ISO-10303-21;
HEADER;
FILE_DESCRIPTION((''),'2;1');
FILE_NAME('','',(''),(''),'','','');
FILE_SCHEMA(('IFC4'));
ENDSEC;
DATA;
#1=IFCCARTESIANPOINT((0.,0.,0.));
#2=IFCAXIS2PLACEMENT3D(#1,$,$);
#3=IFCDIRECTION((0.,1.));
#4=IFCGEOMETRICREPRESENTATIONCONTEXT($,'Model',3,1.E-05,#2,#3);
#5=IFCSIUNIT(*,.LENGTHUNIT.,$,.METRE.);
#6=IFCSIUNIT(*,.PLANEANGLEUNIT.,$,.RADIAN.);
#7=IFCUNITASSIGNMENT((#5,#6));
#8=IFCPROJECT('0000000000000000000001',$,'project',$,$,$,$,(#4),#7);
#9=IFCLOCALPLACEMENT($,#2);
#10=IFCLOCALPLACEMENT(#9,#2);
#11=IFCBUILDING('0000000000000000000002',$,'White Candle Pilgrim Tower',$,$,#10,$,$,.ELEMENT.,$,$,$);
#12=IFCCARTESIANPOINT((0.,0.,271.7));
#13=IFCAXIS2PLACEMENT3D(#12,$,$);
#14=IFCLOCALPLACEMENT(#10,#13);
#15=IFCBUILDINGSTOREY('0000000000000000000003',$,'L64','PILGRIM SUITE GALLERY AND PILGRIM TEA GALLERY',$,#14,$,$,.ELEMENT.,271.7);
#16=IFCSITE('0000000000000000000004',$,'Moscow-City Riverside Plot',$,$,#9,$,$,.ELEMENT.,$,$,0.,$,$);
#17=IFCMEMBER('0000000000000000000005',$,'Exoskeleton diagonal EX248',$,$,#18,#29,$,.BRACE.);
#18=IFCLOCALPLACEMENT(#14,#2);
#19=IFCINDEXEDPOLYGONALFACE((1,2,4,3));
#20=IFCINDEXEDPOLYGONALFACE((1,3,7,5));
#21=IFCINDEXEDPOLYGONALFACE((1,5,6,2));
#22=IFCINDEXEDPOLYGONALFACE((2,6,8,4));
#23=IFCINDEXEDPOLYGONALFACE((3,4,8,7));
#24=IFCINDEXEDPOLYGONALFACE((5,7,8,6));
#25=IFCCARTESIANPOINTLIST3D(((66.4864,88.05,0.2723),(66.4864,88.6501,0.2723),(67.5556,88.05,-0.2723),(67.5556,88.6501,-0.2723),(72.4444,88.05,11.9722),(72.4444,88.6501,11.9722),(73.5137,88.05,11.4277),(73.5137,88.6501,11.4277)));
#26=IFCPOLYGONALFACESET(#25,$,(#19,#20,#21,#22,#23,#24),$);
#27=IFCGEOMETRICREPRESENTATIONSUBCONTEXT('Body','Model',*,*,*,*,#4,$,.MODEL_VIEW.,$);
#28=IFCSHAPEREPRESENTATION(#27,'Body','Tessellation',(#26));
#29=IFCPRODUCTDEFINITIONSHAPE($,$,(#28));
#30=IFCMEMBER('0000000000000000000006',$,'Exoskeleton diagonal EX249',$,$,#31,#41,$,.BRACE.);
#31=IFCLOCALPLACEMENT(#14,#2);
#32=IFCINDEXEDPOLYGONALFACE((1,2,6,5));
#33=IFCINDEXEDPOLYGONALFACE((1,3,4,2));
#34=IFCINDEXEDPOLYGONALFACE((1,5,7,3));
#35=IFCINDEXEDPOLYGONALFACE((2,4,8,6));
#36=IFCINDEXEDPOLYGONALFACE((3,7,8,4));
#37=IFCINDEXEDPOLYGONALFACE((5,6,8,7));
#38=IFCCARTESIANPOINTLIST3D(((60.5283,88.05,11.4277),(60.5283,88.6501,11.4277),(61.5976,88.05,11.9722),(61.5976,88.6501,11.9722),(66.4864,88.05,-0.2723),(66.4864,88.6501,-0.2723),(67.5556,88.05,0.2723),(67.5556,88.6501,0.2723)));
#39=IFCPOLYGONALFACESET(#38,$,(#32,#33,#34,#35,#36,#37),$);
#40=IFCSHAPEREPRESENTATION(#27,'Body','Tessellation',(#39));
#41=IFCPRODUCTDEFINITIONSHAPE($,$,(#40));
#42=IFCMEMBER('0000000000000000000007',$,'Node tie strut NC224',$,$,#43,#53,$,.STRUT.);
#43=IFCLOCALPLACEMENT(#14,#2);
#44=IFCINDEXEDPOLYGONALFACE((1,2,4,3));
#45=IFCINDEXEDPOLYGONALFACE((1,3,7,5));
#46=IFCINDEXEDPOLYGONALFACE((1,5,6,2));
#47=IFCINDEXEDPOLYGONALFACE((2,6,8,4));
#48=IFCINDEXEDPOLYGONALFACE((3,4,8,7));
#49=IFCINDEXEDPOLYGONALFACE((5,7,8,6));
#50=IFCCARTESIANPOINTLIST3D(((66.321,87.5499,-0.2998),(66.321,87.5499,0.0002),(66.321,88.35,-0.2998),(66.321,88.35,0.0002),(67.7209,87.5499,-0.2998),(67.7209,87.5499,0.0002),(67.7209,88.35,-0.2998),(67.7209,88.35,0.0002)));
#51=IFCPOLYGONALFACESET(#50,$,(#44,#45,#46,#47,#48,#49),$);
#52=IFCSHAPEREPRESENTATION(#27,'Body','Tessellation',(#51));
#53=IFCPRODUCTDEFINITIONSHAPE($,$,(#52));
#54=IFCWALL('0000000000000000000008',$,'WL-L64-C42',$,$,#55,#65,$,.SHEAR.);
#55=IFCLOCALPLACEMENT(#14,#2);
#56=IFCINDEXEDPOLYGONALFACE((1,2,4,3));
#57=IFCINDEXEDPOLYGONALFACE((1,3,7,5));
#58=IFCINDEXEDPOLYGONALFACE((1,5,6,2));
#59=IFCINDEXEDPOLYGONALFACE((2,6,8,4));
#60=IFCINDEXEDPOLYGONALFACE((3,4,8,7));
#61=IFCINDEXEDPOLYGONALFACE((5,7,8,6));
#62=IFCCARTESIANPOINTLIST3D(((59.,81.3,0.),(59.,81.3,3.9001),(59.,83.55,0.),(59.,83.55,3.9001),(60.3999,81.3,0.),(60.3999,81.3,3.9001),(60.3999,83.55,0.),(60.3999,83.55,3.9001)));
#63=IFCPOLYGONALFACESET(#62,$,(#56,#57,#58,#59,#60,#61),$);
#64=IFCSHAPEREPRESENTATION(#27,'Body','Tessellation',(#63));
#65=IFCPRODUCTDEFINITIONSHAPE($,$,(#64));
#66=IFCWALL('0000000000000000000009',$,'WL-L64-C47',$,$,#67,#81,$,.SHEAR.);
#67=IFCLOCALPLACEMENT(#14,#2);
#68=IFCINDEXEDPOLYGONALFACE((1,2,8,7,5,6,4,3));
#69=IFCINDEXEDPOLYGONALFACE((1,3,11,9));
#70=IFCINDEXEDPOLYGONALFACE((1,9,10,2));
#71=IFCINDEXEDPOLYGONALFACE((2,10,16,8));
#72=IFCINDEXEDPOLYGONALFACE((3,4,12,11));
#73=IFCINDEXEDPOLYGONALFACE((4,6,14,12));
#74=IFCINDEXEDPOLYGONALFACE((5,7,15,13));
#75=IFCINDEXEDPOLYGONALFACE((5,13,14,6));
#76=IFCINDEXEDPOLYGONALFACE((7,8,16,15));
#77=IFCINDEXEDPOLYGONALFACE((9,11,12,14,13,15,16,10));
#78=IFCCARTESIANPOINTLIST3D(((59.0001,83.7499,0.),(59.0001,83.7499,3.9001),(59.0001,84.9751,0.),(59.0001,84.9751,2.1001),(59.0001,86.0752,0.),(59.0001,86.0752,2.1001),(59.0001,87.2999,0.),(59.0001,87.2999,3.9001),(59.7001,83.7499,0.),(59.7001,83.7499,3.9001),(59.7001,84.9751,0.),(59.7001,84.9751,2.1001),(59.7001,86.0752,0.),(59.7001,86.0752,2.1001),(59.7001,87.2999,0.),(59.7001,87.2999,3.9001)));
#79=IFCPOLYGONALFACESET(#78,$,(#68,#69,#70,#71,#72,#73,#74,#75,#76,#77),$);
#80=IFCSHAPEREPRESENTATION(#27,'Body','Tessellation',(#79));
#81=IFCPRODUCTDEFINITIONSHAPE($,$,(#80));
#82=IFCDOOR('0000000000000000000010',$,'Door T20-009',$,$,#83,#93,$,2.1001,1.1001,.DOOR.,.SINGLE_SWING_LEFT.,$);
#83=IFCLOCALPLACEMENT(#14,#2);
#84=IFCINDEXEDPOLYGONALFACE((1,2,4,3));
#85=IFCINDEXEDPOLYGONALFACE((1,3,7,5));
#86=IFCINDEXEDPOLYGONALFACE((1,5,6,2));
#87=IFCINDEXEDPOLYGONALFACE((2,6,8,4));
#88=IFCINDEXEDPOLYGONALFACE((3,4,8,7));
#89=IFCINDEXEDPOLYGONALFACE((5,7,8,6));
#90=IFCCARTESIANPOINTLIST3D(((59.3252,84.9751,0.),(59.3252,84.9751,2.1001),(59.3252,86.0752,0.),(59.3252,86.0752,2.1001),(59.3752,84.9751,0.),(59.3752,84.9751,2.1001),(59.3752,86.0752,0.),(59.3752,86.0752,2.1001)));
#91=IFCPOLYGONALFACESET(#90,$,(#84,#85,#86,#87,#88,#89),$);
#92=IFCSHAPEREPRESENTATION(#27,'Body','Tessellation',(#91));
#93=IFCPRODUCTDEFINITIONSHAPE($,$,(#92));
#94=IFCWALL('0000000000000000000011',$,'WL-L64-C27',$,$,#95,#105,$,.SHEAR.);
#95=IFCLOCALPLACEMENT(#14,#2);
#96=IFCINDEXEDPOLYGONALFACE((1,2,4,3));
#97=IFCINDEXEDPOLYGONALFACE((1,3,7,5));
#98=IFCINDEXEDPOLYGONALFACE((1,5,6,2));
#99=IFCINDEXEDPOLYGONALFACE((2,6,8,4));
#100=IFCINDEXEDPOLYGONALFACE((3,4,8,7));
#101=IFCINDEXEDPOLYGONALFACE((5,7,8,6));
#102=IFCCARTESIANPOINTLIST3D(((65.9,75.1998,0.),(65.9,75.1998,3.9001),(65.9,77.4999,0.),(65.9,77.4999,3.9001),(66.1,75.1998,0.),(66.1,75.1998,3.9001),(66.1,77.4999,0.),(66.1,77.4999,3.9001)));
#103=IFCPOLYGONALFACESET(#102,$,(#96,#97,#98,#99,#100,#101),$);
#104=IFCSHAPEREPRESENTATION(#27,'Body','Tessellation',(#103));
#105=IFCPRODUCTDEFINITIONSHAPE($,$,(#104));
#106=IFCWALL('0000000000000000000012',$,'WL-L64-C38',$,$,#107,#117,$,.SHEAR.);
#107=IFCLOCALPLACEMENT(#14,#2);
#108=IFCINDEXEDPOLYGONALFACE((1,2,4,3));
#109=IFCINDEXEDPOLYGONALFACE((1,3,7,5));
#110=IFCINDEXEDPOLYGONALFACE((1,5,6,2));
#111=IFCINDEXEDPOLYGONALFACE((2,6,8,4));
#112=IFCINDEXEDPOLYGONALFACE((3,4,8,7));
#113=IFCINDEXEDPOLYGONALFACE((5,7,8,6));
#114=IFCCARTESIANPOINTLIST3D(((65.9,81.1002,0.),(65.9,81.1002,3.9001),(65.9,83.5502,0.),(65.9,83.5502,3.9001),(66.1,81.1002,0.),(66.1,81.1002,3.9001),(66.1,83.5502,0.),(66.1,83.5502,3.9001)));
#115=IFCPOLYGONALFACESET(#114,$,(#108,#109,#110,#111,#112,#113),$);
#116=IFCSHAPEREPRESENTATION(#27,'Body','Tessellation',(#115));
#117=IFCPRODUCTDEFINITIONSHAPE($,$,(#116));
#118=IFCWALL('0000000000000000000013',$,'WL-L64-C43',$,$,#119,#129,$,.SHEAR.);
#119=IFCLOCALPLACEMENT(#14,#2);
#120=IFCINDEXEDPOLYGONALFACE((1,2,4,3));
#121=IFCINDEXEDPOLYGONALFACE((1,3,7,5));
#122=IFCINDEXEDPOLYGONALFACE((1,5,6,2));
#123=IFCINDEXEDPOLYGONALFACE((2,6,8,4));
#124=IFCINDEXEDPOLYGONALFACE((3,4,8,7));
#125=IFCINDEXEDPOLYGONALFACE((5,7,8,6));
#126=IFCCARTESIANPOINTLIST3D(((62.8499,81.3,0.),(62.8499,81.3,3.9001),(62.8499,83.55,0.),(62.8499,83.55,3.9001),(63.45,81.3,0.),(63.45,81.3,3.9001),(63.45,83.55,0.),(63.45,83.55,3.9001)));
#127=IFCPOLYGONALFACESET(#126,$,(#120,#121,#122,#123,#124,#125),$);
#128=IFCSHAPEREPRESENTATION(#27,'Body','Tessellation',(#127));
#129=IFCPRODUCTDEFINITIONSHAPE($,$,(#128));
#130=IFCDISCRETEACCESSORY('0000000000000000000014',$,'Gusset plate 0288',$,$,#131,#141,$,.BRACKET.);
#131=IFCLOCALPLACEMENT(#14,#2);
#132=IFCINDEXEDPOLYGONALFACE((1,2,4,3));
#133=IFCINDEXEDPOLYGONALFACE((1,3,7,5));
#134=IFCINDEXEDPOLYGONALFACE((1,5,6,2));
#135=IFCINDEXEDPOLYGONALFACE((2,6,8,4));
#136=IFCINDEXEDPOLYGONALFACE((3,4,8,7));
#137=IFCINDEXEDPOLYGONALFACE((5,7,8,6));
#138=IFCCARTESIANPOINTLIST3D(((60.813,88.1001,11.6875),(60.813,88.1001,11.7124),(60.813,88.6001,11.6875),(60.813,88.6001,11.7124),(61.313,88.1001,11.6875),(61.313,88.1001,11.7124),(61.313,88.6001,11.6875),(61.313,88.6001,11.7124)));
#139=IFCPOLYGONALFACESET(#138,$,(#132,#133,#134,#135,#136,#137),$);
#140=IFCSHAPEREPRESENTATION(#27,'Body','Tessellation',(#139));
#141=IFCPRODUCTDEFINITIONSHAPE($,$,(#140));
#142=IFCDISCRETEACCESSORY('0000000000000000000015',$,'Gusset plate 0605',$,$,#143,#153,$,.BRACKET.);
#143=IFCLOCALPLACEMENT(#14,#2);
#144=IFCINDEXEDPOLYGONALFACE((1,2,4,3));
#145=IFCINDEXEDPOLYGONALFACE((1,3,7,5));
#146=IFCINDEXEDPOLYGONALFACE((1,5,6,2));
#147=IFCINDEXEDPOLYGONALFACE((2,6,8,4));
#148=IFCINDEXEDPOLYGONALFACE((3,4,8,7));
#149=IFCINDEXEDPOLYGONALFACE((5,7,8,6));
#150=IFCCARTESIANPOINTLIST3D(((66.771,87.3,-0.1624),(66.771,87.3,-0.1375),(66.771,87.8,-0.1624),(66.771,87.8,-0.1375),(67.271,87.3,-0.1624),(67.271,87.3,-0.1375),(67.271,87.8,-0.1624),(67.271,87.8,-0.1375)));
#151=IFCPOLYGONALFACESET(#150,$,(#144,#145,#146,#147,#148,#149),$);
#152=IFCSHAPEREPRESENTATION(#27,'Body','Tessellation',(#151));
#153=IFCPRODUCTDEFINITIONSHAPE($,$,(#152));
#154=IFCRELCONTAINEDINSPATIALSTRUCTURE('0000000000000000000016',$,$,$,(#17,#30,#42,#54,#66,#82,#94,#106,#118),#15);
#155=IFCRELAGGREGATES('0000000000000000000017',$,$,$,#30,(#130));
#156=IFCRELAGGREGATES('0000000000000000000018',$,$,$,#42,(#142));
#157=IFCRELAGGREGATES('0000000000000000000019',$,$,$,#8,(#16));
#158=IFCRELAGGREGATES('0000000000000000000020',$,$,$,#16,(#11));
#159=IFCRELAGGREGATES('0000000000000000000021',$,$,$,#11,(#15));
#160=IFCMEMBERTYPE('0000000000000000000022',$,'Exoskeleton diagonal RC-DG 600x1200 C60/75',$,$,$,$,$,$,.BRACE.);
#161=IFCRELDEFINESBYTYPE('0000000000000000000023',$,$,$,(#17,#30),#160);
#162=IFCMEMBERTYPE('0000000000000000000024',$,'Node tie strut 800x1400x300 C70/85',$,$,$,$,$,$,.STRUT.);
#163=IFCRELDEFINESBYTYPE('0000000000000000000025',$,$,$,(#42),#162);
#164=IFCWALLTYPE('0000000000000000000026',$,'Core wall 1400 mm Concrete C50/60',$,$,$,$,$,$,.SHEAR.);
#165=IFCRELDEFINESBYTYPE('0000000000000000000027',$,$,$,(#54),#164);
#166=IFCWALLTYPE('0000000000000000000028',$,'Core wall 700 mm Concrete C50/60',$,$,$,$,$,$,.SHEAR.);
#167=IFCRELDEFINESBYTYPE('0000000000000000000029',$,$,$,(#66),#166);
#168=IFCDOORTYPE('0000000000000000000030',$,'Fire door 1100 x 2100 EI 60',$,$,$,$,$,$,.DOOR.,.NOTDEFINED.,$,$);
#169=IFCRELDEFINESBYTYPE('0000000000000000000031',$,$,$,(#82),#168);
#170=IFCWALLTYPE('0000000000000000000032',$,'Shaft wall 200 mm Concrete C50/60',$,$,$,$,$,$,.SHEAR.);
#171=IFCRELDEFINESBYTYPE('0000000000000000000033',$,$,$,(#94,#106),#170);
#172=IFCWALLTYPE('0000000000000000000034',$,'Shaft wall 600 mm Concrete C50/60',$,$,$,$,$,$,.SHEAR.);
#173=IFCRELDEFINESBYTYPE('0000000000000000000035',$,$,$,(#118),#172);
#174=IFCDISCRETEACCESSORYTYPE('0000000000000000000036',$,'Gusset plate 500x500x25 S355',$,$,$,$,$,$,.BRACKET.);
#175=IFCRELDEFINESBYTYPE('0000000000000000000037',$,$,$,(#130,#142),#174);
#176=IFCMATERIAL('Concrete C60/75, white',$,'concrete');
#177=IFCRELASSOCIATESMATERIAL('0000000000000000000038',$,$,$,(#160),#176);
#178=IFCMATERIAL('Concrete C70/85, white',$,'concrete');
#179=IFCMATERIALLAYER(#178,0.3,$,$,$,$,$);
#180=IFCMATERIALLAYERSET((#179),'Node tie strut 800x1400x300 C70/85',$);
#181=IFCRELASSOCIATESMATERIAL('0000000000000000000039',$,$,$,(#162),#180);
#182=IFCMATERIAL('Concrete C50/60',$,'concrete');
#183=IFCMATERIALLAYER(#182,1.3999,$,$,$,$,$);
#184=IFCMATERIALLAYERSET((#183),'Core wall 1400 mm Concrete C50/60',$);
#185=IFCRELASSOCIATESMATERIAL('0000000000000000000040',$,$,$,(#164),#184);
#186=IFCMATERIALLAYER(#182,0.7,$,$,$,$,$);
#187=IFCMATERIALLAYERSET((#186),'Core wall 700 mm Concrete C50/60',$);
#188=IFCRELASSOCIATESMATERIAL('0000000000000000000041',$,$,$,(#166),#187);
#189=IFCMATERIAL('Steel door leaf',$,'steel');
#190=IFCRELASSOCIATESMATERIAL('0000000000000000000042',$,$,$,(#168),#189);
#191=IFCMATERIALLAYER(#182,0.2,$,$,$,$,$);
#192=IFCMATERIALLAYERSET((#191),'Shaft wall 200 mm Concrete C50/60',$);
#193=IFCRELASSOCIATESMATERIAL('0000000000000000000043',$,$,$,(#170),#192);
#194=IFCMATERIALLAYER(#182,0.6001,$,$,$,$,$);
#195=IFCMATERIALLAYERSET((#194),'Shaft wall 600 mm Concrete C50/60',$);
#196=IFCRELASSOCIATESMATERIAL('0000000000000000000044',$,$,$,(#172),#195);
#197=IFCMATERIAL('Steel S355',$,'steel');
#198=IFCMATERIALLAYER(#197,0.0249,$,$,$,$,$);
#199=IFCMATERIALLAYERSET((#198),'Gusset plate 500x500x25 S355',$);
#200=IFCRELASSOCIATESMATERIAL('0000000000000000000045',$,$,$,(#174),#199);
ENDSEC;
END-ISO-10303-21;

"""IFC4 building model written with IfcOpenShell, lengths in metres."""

from ifc_helpers import new_model, si_unit, direction, frame, frame_2d, origin, origin_2d, place, context, subcontext, project, spatial, rectangle, extrude, material, layer, layer_set, material_profile, profile_set, type_object, element, fill, aggregate, save


model = new_model("IFC4")

# Units and contexts
model_context = context("Model", 3, precision=1e-05, world=origin(), true_north=direction((0.0, 1.0)))
body_context = subcontext(model_context, "Body", "Model", "MODEL_VIEW")
ifc_project = project(units=[si_unit("LENGTHUNIT", "METRE"), si_unit("PLANEANGLEUNIT", "RADIAN")], contexts=[model_context])

# Site, building, storey
site_placement = place(None, origin())
site = spatial("IfcSite", under=ifc_project, at=site_placement, Name="Moscow-City Riverside Plot", CompositionType="ELEMENT", RefElevation=0.0)
building_placement = place(site_placement, origin())
building = spatial("IfcBuilding", under=site, at=building_placement, Name="White Candle Pilgrim Tower", CompositionType="ELEMENT")
storey_placement = place(building_placement, frame((0.0, 0.0, 271.7)))
storey = spatial("IfcBuildingStorey", under=building, at=storey_placement, Name="L64", Description="PILGRIM SUITE GALLERY AND PILGRIM TEA GALLERY", CompositionType="ELEMENT", Elevation=271.7)

# Members
ifc_material_1 = material(Name="Concrete C60/75, white", Category="concrete")
ifc_material_profile = material_profile(ifc_material_1, rectangle(XDim=0.6001, YDim=1.2, at=origin_2d()), Name="RC-DG 600x1200")
ifc_profile_set = profile_set([ifc_material_profile], Name="Concrete C60/75, white")
member_type_1 = type_object("IfcMemberType", Name="Exoskeleton diagonal RC-DG 600x1200 C60/75", PredefinedType="BRACE", material=ifc_profile_set)
member_1_placement = place(storey_placement, frame((67.021, 88.3501, 0.0), z_axis=(0.453784, 0.0, 0.891112), x_axis=(0.0, 1.0, 0.0)))
element("IfcMember", 1, at=member_1_placement, inside=storey, type_object=member_type_1, Name="Exoskeleton diagonal EX248", PredefinedType="BRACE", context=body_context, shape_type="SweptSolid", body=[
    extrude(rectangle(XDim=0.6001, YDim=1.2, at=origin_2d()), origin(), (0.0, 0.0, 1.0), 13.1296),
])
member_2_placement = place(storey_placement, frame((67.021, 88.3501, 0.0), z_axis=(-0.453784, 0.0, 0.891112), x_axis=(0.0, -1.0, 0.0)))
member_2 = element("IfcMember", 2, at=member_2_placement, inside=storey, type_object=member_type_1, Name="Exoskeleton diagonal EX249", PredefinedType="BRACE", context=body_context, shape_type="SweptSolid", body=[
    extrude(rectangle(XDim=0.6001, YDim=1.2, at=origin_2d()), origin(), (0.0, 0.0, 1.0), 13.1296),
])
ifc_material_2 = material(Name="Concrete C70/85, white", Category="concrete")
ifc_layer_1 = layer(ifc_material_2, 0.3)
ifc_layer_set_1 = layer_set([ifc_layer_1], Name="Node tie strut 800x1400x300 C70/85")
member_type_2 = type_object("IfcMemberType", Name="Node tie strut 800x1400x300 C70/85", PredefinedType="STRUT", material=ifc_layer_set_1)
member_3_placement = place(storey_placement, frame((67.021, 87.95, -0.2998), z_axis=(0.0, 0.0, 1.0), x_axis=(-1.0, 0.0, 0.0)))
member_3 = element("IfcMember", 3, at=member_3_placement, inside=storey, type_object=member_type_2, Name="Node tie strut NC224", PredefinedType="STRUT", context=body_context, shape_type="SweptSolid", body=[
    extrude(rectangle(XDim=1.3999, YDim=0.8, at=origin_2d()), origin(), (0.0, 0.0, 1.0), 0.3),
])

# Wall
ifc_material_3 = material(Name="Concrete C50/60", Category="concrete")
ifc_layer_2 = layer(ifc_material_3, 1.3999)
ifc_layer_set_2 = layer_set([ifc_layer_2], Name="Core wall 1400 mm Concrete C50/60")
wall_type_1 = type_object("IfcWallType", Name="Core wall 1400 mm Concrete C50/60", PredefinedType="SHEAR", material=ifc_layer_set_2)
wall_1_placement = place(storey_placement, frame((59.7, 81.3, 0.0), z_axis=(0.0, 0.0, 1.0), x_axis=(0.0, 1.0, 0.0)))
element("IfcWall", 4, at=wall_1_placement, inside=storey, type_object=wall_type_1, Name="WL-L64-C42", PredefinedType="SHEAR", context=body_context, shape_type="SweptSolid", body=[
    extrude(rectangle(XDim=2.25, YDim=1.3999, at=frame_2d((1.125, 0.0))), origin(), (0.0, 0.0, 1.0), 3.9001),
])

# Wall, opening, door
ifc_layer_3 = layer(ifc_material_3, 0.7)
ifc_layer_set_3 = layer_set([ifc_layer_3], Name="Core wall 700 mm Concrete C50/60")
wall_type_2 = type_object("IfcWallType", Name="Core wall 700 mm Concrete C50/60", PredefinedType="SHEAR", material=ifc_layer_set_3)
wall_2_placement = place(storey_placement, frame((59.3501, 83.75, 0.0), z_axis=(0.0, 0.0, 1.0), x_axis=(0.0, 1.0, 0.0)))
wall_2 = element("IfcWall", 5, at=wall_2_placement, inside=storey, type_object=wall_type_2, Name="WL-L64-C47", PredefinedType="SHEAR", context=body_context, shape_type="SweptSolid", body=[
    extrude(rectangle(XDim=3.55, YDim=0.7, at=frame_2d((1.7749, 0.0))), origin(), (0.0, 0.0, 1.0), 3.9001),
])
opening_1_placement = place(wall_2_placement, frame((1.2251, 0.0, 0.0)))
opening_1 = element("IfcOpeningElement", 6, at=opening_1_placement, cuts=wall_2, PredefinedType="OPENING", context=body_context, shape_type="SweptSolid", body=[
    extrude(rectangle(XDim=1.1001, YDim=2.1001, at=frame_2d((0.55, 1.05))), frame((0.0, 0.3599, 0.0), z_axis=(0.0, -1.0, 0.0), x_axis=(1.0, 0.0, 0.0)), (0.0, 0.0, 1.0), 0.72),
])
ifc_material_4 = material(Name="Steel door leaf", Category="steel")
door_type_1 = type_object("IfcDoorType", Name="Fire door 1100 x 2100 EI 60", OperationType="NOTDEFINED", PredefinedType="DOOR", material=ifc_material_4)
door_1_placement = place(opening_1_placement, origin())
door_1 = element("IfcDoor", 7, at=door_1_placement, inside=storey, type_object=door_type_1, Name="Door T20-009", OperationType="SINGLE_SWING_LEFT", OverallHeight=2.1001, OverallWidth=1.1001, PredefinedType="DOOR", context=body_context, shape_type="SweptSolid", body=[
    extrude(rectangle(XDim=1.1001, YDim=2.1001, at=frame_2d((0.55, 1.05))), frame((0.0, 0.0249, 0.0), z_axis=(0.0, -1.0, 0.0), x_axis=(1.0, 0.0, 0.0)), (0.0, 0.0, 1.0), 0.05),
])
fill(opening_1, door_1)

# Walls
ifc_layer_4 = layer(ifc_material_3, 0.2)
ifc_layer_set_4 = layer_set([ifc_layer_4], Name="Shaft wall 200 mm Concrete C50/60")
wall_type_3 = type_object("IfcWallType", Name="Shaft wall 200 mm Concrete C50/60", PredefinedType="SHEAR", material=ifc_layer_set_4)
wall_3_placement = place(storey_placement, frame((66.0, 75.2, 0.0), z_axis=(0.0, 0.0, 1.0), x_axis=(0.0, 1.0, 0.0)))
element("IfcWall", 8, at=wall_3_placement, inside=storey, type_object=wall_type_3, Name="WL-L64-C27", PredefinedType="SHEAR", context=body_context, shape_type="SweptSolid", body=[
    extrude(rectangle(XDim=2.3, YDim=0.2, at=frame_2d((1.1499, 0.0))), origin(), (0.0, 0.0, 1.0), 3.9001),
])
wall_4_placement = place(storey_placement, frame((66.0, 81.1001, 0.0), z_axis=(0.0, 0.0, 1.0), x_axis=(0.0, 1.0, 0.0)))
element("IfcWall", 9, at=wall_4_placement, inside=storey, type_object=wall_type_3, Name="WL-L64-C38", PredefinedType="SHEAR", context=body_context, shape_type="SweptSolid", body=[
    extrude(rectangle(XDim=2.45, YDim=0.2, at=frame_2d((1.2251, 0.0))), origin(), (0.0, 0.0, 1.0), 3.9001),
])
ifc_layer_5 = layer(ifc_material_3, 0.6001)
ifc_layer_set_5 = layer_set([ifc_layer_5], Name="Shaft wall 600 mm Concrete C50/60")
wall_type_4 = type_object("IfcWallType", Name="Shaft wall 600 mm Concrete C50/60", PredefinedType="SHEAR", material=ifc_layer_set_5)
wall_5_placement = place(storey_placement, frame((63.1499, 81.3, 0.0), z_axis=(0.0, 0.0, 1.0), x_axis=(0.0, 1.0, 0.0)))
element("IfcWall", 10, at=wall_5_placement, inside=storey, type_object=wall_type_4, Name="WL-L64-C43", PredefinedType="SHEAR", context=body_context, shape_type="SweptSolid", body=[
    extrude(rectangle(XDim=2.25, YDim=0.6001, at=frame_2d((1.125, 0.0))), origin(), (0.0, 0.0, 1.0), 3.9001),
])

# Discrete accessories
ifc_material_5 = material(Name="Steel S355", Category="steel")
ifc_layer_6 = layer(ifc_material_5, 0.0249)
ifc_layer_set_6 = layer_set([ifc_layer_6], Name="Gusset plate 500x500x25 S355")
discrete_accessory_type = type_object("IfcDiscreteAccessoryType", Name="Gusset plate 500x500x25 S355", PredefinedType="BRACKET", material=ifc_layer_set_6)
placement = place(building_placement, frame((0.0, 0.0, 283.3999)))
discrete_accessory_1_placement = place(placement, frame((61.063, 88.3501, -0.0125), z_axis=(0.0, 0.0, 1.0), x_axis=(1.0, 0.0, 0.0)))
discrete_accessory_1 = element("IfcDiscreteAccessory", 11, at=discrete_accessory_1_placement, type_object=discrete_accessory_type, Name="Gusset plate 0288", PredefinedType="BRACKET", context=body_context, shape_type="SweptSolid", body=[
    extrude(rectangle(XDim=0.5, YDim=0.5, at=origin_2d()), origin(), (0.0, 0.0, 1.0), 0.0249),
])
aggregate(member_2, [discrete_accessory_1])
discrete_accessory_2_placement = place(storey_placement, frame((67.021, 87.55, -0.1624), z_axis=(0.0, 0.0, 1.0), x_axis=(1.0, 0.0, 0.0)))
discrete_accessory_2 = element("IfcDiscreteAccessory", 12, at=discrete_accessory_2_placement, type_object=discrete_accessory_type, Name="Gusset plate 0605", PredefinedType="BRACKET", context=body_context, shape_type="SweptSolid", body=[
    extrude(rectangle(XDim=0.5, YDim=0.5, at=origin_2d()), origin(), (0.0, 0.0, 1.0), 0.0249),
])
aggregate(member_3, [discrete_accessory_2])

save(model, "model.ifc")
